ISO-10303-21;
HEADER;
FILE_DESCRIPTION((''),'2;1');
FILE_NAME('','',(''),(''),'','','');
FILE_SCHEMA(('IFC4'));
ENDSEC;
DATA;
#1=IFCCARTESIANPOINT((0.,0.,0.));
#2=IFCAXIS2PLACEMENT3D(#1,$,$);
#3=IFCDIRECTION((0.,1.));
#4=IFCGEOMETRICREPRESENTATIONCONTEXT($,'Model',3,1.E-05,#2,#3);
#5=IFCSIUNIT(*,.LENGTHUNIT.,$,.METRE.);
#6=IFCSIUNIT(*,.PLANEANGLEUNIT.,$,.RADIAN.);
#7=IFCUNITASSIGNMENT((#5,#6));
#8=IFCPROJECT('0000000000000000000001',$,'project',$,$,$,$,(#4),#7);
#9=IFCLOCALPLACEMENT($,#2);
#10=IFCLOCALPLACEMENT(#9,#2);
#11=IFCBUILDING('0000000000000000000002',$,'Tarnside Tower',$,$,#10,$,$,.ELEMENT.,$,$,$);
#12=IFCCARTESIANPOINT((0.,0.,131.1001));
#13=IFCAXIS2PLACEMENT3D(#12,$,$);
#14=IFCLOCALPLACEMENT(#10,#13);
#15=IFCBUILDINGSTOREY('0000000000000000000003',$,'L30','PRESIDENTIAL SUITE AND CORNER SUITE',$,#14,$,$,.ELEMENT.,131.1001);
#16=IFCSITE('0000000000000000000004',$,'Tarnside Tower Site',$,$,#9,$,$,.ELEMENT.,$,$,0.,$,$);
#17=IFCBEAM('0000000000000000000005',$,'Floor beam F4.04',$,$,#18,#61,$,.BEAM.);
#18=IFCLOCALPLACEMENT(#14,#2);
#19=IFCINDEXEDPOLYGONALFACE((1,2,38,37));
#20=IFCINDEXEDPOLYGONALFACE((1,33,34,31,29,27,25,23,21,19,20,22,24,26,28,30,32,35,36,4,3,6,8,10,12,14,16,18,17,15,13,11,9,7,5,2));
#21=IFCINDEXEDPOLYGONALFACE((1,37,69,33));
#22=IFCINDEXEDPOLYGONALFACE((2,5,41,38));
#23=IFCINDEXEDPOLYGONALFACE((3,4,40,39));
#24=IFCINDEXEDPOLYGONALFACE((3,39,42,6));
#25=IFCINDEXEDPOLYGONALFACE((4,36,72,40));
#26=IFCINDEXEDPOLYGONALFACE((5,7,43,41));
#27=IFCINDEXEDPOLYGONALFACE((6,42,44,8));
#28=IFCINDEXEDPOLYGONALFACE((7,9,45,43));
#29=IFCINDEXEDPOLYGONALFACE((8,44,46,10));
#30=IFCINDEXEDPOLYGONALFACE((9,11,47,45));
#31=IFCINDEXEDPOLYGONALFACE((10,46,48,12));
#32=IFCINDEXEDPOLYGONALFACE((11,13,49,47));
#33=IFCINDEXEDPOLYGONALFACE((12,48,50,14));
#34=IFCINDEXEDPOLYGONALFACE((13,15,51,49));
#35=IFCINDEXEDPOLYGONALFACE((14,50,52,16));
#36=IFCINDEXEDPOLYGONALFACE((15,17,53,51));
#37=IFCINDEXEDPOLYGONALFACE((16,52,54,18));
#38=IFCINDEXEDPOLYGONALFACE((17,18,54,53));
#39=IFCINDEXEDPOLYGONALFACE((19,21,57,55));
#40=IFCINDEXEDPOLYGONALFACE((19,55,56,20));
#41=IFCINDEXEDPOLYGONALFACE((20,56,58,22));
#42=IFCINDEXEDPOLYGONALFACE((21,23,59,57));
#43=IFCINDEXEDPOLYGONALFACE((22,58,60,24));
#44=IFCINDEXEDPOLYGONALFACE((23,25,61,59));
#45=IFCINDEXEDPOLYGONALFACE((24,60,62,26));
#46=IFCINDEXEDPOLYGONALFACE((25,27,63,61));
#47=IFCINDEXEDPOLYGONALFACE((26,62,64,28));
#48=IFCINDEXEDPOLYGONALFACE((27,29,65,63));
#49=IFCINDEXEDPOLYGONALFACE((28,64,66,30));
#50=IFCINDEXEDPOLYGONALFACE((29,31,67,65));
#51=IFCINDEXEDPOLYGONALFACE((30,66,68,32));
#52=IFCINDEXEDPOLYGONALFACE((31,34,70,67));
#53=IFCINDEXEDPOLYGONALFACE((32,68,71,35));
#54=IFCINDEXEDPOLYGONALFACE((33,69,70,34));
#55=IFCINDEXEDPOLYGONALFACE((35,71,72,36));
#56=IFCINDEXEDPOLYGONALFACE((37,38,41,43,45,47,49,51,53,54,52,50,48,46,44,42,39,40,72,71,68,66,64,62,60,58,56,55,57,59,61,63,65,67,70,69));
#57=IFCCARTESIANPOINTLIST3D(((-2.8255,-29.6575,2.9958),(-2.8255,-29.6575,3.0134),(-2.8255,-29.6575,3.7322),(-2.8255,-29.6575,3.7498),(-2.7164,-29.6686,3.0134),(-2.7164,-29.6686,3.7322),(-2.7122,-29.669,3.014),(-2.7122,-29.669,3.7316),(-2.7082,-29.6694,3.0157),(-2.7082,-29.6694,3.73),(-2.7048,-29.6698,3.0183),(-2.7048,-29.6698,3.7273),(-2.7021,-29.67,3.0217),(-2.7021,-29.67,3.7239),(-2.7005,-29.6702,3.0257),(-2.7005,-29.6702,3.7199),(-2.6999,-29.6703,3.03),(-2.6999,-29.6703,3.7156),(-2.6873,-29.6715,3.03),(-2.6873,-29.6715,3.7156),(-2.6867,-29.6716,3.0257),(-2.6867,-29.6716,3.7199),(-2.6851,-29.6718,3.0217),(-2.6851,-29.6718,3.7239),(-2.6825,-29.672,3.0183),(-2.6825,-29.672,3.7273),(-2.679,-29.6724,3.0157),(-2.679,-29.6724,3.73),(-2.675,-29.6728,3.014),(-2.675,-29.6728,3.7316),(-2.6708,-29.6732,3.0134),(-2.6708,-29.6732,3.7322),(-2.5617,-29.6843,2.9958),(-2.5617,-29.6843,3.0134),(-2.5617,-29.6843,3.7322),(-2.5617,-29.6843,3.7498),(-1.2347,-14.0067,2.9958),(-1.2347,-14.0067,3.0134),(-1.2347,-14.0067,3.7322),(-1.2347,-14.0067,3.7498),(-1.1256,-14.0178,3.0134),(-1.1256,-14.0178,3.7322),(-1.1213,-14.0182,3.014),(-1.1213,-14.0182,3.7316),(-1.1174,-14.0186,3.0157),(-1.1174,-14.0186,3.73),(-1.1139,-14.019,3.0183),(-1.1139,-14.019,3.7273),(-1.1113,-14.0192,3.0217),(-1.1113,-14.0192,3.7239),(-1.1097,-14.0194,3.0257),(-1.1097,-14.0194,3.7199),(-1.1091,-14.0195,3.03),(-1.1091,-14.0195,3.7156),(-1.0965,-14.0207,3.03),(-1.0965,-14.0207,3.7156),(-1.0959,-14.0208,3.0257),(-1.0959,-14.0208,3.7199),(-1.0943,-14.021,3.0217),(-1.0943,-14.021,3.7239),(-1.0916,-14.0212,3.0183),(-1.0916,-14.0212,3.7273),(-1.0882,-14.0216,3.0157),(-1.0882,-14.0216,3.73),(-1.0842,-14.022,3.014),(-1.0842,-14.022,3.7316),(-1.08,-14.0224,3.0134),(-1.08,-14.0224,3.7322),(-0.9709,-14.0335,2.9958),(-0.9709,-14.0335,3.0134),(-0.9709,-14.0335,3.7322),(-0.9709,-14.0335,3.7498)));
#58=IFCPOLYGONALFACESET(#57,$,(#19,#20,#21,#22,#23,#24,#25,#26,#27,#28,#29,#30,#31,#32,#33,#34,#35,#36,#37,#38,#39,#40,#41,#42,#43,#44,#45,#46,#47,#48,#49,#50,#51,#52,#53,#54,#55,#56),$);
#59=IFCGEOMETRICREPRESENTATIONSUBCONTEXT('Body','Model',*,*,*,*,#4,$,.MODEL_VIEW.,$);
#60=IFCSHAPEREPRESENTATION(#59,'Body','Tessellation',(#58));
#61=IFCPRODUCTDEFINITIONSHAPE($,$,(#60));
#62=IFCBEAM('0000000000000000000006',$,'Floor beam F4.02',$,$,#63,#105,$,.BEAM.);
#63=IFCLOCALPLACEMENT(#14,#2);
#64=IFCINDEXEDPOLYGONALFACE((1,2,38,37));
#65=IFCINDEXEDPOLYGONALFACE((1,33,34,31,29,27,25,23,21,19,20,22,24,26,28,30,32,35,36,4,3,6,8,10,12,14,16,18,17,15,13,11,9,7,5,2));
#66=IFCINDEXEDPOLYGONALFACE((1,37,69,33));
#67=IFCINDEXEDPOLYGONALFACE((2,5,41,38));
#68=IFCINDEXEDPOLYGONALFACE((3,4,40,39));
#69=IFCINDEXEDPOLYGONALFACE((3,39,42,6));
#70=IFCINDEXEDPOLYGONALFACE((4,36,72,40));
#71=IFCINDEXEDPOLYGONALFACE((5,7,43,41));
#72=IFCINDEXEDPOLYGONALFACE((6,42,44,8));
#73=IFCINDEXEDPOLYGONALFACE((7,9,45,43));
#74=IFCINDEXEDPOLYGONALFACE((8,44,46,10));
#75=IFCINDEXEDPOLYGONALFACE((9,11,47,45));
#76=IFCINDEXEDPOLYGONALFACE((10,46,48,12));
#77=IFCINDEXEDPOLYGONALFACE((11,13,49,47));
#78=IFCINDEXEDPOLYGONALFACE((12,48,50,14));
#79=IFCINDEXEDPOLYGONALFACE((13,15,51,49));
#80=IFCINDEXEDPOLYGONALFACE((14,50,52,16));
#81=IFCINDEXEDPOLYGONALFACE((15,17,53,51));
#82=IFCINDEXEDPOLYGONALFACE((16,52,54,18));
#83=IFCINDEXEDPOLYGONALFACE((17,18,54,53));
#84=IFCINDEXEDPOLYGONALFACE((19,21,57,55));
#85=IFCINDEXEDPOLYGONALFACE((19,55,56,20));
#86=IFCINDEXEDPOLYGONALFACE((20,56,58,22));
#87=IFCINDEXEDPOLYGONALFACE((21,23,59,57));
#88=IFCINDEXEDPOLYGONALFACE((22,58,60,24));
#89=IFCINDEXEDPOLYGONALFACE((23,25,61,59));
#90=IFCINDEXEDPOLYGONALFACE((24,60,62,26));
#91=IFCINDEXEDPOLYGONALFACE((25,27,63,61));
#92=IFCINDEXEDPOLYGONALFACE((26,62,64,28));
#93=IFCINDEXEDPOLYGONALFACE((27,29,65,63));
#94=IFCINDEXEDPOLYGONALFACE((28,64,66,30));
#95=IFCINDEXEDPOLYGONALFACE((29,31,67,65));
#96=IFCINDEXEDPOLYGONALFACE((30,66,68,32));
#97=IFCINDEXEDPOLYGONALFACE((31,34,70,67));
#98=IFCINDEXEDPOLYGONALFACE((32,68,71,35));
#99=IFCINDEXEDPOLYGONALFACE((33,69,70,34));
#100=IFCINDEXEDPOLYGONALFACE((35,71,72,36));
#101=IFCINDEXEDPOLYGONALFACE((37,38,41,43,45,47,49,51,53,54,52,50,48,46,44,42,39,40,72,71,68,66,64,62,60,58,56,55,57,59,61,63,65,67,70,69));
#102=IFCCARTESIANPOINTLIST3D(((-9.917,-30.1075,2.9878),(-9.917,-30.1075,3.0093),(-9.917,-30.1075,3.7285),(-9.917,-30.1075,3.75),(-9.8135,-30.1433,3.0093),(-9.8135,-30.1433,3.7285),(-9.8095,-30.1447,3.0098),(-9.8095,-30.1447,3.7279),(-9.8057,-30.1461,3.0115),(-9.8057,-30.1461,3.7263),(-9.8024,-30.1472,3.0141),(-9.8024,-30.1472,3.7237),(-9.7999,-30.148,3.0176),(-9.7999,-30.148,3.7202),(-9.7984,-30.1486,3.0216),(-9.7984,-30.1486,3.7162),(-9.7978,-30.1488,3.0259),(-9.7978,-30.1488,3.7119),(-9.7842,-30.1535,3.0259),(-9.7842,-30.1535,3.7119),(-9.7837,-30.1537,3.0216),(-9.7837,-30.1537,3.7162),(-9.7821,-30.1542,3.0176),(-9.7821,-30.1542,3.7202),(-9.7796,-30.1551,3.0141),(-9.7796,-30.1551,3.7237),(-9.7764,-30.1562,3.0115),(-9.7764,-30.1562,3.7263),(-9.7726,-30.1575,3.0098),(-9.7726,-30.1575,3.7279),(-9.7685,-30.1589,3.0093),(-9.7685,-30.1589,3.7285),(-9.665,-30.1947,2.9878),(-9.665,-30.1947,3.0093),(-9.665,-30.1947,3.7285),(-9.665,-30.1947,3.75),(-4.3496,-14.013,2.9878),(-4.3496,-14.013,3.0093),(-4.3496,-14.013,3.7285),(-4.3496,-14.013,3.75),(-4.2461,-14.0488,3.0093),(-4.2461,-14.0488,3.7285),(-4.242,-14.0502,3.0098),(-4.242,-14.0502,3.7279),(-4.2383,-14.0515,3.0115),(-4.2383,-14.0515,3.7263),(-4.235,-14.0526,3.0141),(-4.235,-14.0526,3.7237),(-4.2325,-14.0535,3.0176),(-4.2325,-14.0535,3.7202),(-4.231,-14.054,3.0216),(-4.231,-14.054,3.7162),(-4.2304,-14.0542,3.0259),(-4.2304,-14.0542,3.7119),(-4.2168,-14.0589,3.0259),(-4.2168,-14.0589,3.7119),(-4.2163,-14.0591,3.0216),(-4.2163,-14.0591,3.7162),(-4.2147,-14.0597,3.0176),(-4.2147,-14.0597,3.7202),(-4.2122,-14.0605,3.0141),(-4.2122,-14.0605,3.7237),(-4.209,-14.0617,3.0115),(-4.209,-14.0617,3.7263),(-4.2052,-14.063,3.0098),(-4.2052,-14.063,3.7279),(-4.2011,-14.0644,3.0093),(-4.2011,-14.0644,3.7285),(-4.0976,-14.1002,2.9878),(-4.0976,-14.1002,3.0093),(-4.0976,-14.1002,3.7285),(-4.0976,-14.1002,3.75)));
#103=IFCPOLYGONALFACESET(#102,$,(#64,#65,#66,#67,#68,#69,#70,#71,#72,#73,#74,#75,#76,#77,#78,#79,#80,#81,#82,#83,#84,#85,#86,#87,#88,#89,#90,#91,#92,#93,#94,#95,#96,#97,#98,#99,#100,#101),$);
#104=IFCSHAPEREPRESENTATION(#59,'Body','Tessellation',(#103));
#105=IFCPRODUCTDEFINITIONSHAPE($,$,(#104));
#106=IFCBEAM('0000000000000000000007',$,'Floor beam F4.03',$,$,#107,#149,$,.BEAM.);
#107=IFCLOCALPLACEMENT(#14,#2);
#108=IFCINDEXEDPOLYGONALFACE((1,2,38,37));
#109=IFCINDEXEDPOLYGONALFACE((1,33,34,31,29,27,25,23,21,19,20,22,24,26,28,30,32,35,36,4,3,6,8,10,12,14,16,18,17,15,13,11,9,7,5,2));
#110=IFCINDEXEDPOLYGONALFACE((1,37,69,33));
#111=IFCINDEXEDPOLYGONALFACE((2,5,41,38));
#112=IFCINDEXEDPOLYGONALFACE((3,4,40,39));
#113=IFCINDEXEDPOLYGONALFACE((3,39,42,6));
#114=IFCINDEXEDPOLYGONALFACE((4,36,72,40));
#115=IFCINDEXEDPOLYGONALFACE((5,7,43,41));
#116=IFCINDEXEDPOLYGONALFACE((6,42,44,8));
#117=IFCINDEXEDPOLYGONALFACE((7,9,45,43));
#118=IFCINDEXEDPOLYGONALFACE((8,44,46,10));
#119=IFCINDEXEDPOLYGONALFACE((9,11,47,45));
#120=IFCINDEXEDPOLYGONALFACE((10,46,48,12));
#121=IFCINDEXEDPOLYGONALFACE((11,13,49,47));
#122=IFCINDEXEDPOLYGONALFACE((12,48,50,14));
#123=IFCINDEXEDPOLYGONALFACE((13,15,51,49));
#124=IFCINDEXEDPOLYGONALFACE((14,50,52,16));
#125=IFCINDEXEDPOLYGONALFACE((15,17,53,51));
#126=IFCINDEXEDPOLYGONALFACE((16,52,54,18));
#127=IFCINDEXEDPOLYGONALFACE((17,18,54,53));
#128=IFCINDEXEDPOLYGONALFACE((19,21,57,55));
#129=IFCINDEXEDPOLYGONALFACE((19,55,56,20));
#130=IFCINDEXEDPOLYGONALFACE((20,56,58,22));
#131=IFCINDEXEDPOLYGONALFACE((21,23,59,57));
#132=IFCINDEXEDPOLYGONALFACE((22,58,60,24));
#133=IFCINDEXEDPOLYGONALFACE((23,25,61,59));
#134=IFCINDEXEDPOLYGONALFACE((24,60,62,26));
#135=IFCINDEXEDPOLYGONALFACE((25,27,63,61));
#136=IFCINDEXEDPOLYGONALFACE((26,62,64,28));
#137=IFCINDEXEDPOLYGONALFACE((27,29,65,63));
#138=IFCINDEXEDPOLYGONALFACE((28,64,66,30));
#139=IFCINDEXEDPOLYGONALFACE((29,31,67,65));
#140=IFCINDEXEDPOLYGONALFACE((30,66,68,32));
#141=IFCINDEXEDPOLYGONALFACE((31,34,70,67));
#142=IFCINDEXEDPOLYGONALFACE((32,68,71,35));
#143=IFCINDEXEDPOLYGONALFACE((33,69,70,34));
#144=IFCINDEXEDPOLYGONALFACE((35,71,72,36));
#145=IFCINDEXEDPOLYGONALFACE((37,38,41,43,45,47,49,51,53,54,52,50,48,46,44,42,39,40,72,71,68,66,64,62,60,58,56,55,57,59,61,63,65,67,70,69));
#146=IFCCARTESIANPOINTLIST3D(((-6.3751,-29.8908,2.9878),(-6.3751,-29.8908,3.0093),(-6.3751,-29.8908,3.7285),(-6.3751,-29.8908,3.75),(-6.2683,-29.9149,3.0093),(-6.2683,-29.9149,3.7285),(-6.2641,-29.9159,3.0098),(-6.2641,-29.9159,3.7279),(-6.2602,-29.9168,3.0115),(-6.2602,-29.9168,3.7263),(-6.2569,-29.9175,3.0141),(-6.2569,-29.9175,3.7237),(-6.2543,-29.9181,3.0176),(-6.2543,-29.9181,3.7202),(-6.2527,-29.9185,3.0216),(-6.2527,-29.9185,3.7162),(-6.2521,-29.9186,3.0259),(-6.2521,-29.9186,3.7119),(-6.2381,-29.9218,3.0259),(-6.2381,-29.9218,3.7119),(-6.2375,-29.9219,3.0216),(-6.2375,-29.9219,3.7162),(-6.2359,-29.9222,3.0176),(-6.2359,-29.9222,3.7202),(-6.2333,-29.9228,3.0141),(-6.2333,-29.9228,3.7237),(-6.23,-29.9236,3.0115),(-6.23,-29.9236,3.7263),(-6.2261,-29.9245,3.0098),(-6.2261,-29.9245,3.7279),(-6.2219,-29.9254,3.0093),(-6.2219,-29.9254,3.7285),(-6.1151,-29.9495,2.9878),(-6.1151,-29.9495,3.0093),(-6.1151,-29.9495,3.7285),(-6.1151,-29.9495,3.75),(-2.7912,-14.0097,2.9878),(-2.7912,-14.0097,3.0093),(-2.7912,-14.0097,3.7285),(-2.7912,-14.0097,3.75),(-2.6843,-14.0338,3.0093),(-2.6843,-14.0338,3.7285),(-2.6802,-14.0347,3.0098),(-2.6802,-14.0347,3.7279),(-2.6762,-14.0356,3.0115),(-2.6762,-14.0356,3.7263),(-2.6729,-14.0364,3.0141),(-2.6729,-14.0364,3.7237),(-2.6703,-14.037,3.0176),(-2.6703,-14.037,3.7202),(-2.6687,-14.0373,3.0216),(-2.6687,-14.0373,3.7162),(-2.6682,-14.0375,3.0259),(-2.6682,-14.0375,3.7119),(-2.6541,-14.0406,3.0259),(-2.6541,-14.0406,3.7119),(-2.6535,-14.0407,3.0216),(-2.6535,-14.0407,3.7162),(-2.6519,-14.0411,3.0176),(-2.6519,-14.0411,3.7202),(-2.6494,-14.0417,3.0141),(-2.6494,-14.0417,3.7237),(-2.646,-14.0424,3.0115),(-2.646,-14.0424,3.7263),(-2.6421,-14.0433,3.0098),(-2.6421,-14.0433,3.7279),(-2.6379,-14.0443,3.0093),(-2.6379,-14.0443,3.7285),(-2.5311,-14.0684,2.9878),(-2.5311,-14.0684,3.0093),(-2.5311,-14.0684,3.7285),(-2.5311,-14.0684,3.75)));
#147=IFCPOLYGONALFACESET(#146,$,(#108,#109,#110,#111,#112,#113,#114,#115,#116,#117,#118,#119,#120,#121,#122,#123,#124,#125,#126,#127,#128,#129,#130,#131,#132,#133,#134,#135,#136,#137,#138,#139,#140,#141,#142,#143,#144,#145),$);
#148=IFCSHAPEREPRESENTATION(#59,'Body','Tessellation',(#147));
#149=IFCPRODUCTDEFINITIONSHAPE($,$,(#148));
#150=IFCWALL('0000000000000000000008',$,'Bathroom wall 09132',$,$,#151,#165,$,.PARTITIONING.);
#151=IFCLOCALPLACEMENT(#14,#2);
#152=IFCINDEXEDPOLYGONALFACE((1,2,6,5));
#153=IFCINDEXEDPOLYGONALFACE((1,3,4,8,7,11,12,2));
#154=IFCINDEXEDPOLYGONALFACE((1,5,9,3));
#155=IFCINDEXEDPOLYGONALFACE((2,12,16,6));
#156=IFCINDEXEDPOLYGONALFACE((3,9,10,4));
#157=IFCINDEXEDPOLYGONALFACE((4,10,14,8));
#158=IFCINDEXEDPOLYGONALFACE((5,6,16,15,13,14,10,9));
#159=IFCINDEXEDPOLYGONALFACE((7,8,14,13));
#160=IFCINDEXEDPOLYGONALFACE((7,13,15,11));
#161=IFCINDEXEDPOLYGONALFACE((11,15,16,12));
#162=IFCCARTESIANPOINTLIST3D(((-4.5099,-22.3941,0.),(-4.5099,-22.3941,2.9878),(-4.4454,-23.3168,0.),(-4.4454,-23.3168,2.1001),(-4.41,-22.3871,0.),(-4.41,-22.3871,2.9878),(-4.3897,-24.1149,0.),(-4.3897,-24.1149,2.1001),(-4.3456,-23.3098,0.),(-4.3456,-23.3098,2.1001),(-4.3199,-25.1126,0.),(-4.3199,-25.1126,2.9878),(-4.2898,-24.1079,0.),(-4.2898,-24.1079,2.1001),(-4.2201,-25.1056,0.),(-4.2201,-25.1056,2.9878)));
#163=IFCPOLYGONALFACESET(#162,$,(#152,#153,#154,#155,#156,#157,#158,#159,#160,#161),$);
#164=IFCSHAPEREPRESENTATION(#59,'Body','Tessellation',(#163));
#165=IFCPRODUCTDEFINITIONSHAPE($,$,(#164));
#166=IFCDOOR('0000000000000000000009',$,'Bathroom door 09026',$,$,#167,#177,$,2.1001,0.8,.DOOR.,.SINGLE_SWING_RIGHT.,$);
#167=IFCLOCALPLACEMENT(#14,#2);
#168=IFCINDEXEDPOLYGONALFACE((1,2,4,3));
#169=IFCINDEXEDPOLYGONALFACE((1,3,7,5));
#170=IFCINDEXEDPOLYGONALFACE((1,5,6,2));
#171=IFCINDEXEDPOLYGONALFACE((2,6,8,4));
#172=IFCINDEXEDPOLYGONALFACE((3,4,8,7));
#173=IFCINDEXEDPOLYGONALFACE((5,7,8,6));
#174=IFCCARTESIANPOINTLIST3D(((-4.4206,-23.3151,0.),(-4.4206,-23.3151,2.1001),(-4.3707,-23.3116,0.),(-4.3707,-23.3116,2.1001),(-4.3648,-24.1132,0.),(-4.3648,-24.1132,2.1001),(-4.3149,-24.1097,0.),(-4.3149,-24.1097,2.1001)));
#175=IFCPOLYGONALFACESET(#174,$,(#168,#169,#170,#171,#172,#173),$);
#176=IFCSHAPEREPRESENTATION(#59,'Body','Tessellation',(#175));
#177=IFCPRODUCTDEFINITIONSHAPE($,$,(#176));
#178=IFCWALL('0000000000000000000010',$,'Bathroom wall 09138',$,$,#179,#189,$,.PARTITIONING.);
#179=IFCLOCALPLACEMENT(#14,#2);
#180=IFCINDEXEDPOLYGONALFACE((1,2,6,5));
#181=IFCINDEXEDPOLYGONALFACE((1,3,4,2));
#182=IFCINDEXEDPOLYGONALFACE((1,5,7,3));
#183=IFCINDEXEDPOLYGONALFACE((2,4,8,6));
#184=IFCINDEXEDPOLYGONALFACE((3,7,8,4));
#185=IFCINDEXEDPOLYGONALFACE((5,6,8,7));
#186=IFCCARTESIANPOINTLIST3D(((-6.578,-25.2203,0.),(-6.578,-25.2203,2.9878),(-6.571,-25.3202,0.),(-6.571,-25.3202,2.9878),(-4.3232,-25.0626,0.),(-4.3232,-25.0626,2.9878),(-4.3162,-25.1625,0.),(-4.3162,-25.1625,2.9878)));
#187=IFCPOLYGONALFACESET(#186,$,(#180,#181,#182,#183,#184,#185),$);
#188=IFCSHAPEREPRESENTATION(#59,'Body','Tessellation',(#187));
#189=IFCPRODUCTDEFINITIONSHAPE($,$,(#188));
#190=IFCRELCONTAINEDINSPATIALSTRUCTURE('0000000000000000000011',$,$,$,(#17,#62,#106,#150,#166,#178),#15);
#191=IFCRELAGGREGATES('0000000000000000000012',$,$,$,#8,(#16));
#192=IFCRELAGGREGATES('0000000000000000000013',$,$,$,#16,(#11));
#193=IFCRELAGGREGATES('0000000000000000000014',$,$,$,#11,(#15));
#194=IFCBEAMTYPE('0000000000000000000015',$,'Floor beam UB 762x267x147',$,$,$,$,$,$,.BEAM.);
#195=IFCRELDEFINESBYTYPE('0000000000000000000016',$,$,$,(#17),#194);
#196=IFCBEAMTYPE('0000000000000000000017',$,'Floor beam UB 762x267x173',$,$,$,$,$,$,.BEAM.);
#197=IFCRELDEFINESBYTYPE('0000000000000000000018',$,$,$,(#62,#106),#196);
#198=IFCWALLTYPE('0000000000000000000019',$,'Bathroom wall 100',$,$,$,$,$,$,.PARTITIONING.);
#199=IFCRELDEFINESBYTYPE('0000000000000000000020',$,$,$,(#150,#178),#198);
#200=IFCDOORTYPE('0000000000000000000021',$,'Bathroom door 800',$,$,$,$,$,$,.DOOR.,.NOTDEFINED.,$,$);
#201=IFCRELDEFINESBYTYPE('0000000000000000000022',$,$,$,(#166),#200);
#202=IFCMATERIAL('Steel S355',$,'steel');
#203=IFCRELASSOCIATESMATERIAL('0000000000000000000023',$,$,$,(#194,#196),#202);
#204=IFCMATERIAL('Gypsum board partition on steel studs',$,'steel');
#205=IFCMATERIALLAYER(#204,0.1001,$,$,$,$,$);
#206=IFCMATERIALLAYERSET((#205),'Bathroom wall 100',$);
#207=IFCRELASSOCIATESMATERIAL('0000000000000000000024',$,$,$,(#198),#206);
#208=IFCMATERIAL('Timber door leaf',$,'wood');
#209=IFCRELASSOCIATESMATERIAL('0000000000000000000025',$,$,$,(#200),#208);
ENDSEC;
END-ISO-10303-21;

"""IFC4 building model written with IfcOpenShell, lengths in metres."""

from ifc_helpers import new_model, si_unit, direction, frame, frame_2d, origin, origin_2d, place, context, subcontext, project, spatial, rectangle, i_section, extrude, material, layer, layer_set, material_profile, profile_set, type_object, element, fill, save


model = new_model("IFC4")

# Units and contexts
model_context = context("Model", 3, precision=1e-05, world=origin(), true_north=direction((0.0, 1.0)))
body_context = subcontext(model_context, "Body", "Model", "MODEL_VIEW")
ifc_project = project(units=[si_unit("LENGTHUNIT", "METRE"), si_unit("PLANEANGLEUNIT", "RADIAN")], contexts=[model_context])

# Site, building, storey
site_placement = place(None, origin())
site = spatial("IfcSite", under=ifc_project, at=site_placement, Name="Tarnside Tower Site", CompositionType="ELEMENT", RefElevation=0.0)
building_placement = place(site_placement, origin())
building = spatial("IfcBuilding", under=site, at=building_placement, Name="Tarnside Tower", CompositionType="ELEMENT")
storey_placement = place(building_placement, frame((0.0, 0.0, 131.1001)))
storey = spatial("IfcBuildingStorey", under=building, at=storey_placement, Name="L30", Description="PRESIDENTIAL SUITE AND CORNER SUITE", CompositionType="ELEMENT", Elevation=131.1001)

# Beams
ifc_material_1 = material(Name="Steel S355", Category="steel")
ifc_material_profile_1 = material_profile(ifc_material_1, i_section(OverallWidth=0.2651, OverallDepth=0.7539, WebThickness=0.0127, FlangeThickness=0.0176, FilletRadius=0.0166, at=origin_2d()), Name="UB 762x267x147")
ifc_profile_set_1 = profile_set([ifc_material_profile_1], Name="Steel S355")
beam_type_1 = type_object("IfcBeamType", Name="Floor beam UB 762x267x147", PredefinedType="BEAM", material=ifc_profile_set_1)
beam_1_placement = place(storey_placement, frame((-2.6936, -29.6709, 3.3728), z_axis=(0.101123, 0.994874, 0.0), x_axis=(-0.994874, 0.101123, 0.0)))
element("IfcBeam", 1, at=beam_1_placement, inside=storey, type_object=beam_type_1, Name="Floor beam F4.04", PredefinedType="BEAM", context=body_context, shape_type="SweptSolid", body=[
    extrude(i_section(OverallWidth=0.2651, OverallDepth=0.7539, WebThickness=0.0127, FlangeThickness=0.0176, FilletRadius=0.0166, at=origin_2d()), origin(), (0.0, 0.0, 1.0), 15.7314),
])
ifc_material_profile_2 = material_profile(ifc_material_1, i_section(OverallWidth=0.2666, OverallDepth=0.7622, WebThickness=0.0144, FlangeThickness=0.0215, FilletRadius=0.0166, at=origin_2d()), Name="UB 762x267x173")
ifc_profile_set_2 = profile_set([ifc_material_profile_2], Name="Steel S355")
beam_type_2 = type_object("IfcBeamType", Name="Floor beam UB 762x267x173", PredefinedType="BEAM", material=ifc_profile_set_2)
beam_2_placement = place(storey_placement, frame((-9.791, -30.1511, 3.3689), z_axis=(0.326912, 0.945055, 0.0), x_axis=(-0.945055, 0.326912, 0.0)))
element("IfcBeam", 2, at=beam_2_placement, inside=storey, type_object=beam_type_2, Name="Floor beam F4.02", PredefinedType="BEAM", context=body_context, shape_type="SweptSolid", body=[
    extrude(i_section(OverallWidth=0.2666, OverallDepth=0.7622, WebThickness=0.0144, FlangeThickness=0.0215, FilletRadius=0.0166, at=origin_2d()), origin(), (0.0, 0.0, 1.0), 17.0303),
])
beam_3_placement = place(storey_placement, frame((-6.2451, -29.9202, 3.3689), z_axis=(0.22014, 0.975468, 0.0), x_axis=(-0.975468, 0.22014, 0.0)))
element("IfcBeam", 3, at=beam_3_placement, inside=storey, type_object=beam_type_2, Name="Floor beam F4.03", PredefinedType="BEAM", context=body_context, shape_type="SweptSolid", body=[
    extrude(i_section(OverallWidth=0.2666, OverallDepth=0.7622, WebThickness=0.0144, FlangeThickness=0.0215, FilletRadius=0.0166, at=origin_2d()), origin(), (0.0, 0.0, 1.0), 16.2805),
])

# Wall, opening, door
ifc_material_2 = material(Name="Gypsum board partition on steel studs", Category="steel")
ifc_layer_1 = layer(ifc_material_2, 0.1001)
ifc_layer_set_1 = layer_set([ifc_layer_1], Name="Bathroom wall 100")
wall_type_1 = type_object("IfcWallType", Name="Bathroom wall 100", PredefinedType="PARTITIONING", material=ifc_layer_set_1)
wall_1_placement = place(storey_placement, frame((-4.46, -22.3906, 0.0), z_axis=(0.0, 0.0, 1.0), x_axis=(0.0697, -0.997568, 0.0)))
wall_1 = element("IfcWall", 4, at=wall_1_placement, inside=storey, type_object=wall_type_1, Name="Bathroom wall 09132", PredefinedType="PARTITIONING", context=body_context, shape_type="SweptSolid", body=[
    extrude(rectangle(XDim=2.7251, YDim=0.1001, at=frame_2d((1.3625, 0.0))), origin(), (0.0, 0.0, 1.0), 2.9878),
])
opening_1_placement = place(wall_1_placement, frame((0.925, 0.0, 0.0)))
opening_1 = element("IfcOpeningElement", 5, at=opening_1_placement, cuts=wall_1, PredefinedType="OPENING", context=body_context, shape_type="SweptSolid", body=[
    extrude(rectangle(XDim=0.8, YDim=2.1001, at=frame_2d((0.3999, 1.05))), frame((0.0, 0.0601, 0.0), z_axis=(0.0, -1.0, 0.0), x_axis=(1.0, 0.0, 0.0)), (0.0, 0.0, 1.0), 0.1201),
])
ifc_material_3 = material(Name="Timber door leaf", Category="wood")
door_type_1 = type_object("IfcDoorType", Name="Bathroom door 800", OperationType="NOTDEFINED", PredefinedType="DOOR", material=ifc_material_3)
door_1_placement = place(opening_1_placement, origin())
door_1 = element("IfcDoor", 6, at=door_1_placement, inside=storey, type_object=door_type_1, Name="Bathroom door 09026", OperationType="SINGLE_SWING_RIGHT", OverallHeight=2.1001, OverallWidth=0.8, PredefinedType="DOOR", context=body_context, shape_type="SweptSolid", body=[
    extrude(rectangle(XDim=0.8, YDim=2.1001, at=frame_2d((0.3999, 1.05))), frame((0.0, 0.0249, 0.0), z_axis=(0.0, -1.0, 0.0), x_axis=(1.0, 0.0, 0.0)), (0.0, 0.0, 1.0), 0.05),
])
fill(opening_1, door_1)

# Wall
wall_2_placement = place(storey_placement, frame((-6.5745, -25.2703, 0.0), z_axis=(0.0, 0.0, 1.0), x_axis=(0.997562, 0.069781, 0.0)))
element("IfcWall", 7, at=wall_2_placement, inside=storey, type_object=wall_type_1, Name="Bathroom wall 09138", PredefinedType="PARTITIONING", context=body_context, shape_type="SweptSolid", body=[
    extrude(rectangle(XDim=2.2603, YDim=0.1001, at=frame_2d((1.1301, 0.0))), origin(), (0.0, 0.0, 1.0), 2.9878),
])

save(model, "model.ifc")
